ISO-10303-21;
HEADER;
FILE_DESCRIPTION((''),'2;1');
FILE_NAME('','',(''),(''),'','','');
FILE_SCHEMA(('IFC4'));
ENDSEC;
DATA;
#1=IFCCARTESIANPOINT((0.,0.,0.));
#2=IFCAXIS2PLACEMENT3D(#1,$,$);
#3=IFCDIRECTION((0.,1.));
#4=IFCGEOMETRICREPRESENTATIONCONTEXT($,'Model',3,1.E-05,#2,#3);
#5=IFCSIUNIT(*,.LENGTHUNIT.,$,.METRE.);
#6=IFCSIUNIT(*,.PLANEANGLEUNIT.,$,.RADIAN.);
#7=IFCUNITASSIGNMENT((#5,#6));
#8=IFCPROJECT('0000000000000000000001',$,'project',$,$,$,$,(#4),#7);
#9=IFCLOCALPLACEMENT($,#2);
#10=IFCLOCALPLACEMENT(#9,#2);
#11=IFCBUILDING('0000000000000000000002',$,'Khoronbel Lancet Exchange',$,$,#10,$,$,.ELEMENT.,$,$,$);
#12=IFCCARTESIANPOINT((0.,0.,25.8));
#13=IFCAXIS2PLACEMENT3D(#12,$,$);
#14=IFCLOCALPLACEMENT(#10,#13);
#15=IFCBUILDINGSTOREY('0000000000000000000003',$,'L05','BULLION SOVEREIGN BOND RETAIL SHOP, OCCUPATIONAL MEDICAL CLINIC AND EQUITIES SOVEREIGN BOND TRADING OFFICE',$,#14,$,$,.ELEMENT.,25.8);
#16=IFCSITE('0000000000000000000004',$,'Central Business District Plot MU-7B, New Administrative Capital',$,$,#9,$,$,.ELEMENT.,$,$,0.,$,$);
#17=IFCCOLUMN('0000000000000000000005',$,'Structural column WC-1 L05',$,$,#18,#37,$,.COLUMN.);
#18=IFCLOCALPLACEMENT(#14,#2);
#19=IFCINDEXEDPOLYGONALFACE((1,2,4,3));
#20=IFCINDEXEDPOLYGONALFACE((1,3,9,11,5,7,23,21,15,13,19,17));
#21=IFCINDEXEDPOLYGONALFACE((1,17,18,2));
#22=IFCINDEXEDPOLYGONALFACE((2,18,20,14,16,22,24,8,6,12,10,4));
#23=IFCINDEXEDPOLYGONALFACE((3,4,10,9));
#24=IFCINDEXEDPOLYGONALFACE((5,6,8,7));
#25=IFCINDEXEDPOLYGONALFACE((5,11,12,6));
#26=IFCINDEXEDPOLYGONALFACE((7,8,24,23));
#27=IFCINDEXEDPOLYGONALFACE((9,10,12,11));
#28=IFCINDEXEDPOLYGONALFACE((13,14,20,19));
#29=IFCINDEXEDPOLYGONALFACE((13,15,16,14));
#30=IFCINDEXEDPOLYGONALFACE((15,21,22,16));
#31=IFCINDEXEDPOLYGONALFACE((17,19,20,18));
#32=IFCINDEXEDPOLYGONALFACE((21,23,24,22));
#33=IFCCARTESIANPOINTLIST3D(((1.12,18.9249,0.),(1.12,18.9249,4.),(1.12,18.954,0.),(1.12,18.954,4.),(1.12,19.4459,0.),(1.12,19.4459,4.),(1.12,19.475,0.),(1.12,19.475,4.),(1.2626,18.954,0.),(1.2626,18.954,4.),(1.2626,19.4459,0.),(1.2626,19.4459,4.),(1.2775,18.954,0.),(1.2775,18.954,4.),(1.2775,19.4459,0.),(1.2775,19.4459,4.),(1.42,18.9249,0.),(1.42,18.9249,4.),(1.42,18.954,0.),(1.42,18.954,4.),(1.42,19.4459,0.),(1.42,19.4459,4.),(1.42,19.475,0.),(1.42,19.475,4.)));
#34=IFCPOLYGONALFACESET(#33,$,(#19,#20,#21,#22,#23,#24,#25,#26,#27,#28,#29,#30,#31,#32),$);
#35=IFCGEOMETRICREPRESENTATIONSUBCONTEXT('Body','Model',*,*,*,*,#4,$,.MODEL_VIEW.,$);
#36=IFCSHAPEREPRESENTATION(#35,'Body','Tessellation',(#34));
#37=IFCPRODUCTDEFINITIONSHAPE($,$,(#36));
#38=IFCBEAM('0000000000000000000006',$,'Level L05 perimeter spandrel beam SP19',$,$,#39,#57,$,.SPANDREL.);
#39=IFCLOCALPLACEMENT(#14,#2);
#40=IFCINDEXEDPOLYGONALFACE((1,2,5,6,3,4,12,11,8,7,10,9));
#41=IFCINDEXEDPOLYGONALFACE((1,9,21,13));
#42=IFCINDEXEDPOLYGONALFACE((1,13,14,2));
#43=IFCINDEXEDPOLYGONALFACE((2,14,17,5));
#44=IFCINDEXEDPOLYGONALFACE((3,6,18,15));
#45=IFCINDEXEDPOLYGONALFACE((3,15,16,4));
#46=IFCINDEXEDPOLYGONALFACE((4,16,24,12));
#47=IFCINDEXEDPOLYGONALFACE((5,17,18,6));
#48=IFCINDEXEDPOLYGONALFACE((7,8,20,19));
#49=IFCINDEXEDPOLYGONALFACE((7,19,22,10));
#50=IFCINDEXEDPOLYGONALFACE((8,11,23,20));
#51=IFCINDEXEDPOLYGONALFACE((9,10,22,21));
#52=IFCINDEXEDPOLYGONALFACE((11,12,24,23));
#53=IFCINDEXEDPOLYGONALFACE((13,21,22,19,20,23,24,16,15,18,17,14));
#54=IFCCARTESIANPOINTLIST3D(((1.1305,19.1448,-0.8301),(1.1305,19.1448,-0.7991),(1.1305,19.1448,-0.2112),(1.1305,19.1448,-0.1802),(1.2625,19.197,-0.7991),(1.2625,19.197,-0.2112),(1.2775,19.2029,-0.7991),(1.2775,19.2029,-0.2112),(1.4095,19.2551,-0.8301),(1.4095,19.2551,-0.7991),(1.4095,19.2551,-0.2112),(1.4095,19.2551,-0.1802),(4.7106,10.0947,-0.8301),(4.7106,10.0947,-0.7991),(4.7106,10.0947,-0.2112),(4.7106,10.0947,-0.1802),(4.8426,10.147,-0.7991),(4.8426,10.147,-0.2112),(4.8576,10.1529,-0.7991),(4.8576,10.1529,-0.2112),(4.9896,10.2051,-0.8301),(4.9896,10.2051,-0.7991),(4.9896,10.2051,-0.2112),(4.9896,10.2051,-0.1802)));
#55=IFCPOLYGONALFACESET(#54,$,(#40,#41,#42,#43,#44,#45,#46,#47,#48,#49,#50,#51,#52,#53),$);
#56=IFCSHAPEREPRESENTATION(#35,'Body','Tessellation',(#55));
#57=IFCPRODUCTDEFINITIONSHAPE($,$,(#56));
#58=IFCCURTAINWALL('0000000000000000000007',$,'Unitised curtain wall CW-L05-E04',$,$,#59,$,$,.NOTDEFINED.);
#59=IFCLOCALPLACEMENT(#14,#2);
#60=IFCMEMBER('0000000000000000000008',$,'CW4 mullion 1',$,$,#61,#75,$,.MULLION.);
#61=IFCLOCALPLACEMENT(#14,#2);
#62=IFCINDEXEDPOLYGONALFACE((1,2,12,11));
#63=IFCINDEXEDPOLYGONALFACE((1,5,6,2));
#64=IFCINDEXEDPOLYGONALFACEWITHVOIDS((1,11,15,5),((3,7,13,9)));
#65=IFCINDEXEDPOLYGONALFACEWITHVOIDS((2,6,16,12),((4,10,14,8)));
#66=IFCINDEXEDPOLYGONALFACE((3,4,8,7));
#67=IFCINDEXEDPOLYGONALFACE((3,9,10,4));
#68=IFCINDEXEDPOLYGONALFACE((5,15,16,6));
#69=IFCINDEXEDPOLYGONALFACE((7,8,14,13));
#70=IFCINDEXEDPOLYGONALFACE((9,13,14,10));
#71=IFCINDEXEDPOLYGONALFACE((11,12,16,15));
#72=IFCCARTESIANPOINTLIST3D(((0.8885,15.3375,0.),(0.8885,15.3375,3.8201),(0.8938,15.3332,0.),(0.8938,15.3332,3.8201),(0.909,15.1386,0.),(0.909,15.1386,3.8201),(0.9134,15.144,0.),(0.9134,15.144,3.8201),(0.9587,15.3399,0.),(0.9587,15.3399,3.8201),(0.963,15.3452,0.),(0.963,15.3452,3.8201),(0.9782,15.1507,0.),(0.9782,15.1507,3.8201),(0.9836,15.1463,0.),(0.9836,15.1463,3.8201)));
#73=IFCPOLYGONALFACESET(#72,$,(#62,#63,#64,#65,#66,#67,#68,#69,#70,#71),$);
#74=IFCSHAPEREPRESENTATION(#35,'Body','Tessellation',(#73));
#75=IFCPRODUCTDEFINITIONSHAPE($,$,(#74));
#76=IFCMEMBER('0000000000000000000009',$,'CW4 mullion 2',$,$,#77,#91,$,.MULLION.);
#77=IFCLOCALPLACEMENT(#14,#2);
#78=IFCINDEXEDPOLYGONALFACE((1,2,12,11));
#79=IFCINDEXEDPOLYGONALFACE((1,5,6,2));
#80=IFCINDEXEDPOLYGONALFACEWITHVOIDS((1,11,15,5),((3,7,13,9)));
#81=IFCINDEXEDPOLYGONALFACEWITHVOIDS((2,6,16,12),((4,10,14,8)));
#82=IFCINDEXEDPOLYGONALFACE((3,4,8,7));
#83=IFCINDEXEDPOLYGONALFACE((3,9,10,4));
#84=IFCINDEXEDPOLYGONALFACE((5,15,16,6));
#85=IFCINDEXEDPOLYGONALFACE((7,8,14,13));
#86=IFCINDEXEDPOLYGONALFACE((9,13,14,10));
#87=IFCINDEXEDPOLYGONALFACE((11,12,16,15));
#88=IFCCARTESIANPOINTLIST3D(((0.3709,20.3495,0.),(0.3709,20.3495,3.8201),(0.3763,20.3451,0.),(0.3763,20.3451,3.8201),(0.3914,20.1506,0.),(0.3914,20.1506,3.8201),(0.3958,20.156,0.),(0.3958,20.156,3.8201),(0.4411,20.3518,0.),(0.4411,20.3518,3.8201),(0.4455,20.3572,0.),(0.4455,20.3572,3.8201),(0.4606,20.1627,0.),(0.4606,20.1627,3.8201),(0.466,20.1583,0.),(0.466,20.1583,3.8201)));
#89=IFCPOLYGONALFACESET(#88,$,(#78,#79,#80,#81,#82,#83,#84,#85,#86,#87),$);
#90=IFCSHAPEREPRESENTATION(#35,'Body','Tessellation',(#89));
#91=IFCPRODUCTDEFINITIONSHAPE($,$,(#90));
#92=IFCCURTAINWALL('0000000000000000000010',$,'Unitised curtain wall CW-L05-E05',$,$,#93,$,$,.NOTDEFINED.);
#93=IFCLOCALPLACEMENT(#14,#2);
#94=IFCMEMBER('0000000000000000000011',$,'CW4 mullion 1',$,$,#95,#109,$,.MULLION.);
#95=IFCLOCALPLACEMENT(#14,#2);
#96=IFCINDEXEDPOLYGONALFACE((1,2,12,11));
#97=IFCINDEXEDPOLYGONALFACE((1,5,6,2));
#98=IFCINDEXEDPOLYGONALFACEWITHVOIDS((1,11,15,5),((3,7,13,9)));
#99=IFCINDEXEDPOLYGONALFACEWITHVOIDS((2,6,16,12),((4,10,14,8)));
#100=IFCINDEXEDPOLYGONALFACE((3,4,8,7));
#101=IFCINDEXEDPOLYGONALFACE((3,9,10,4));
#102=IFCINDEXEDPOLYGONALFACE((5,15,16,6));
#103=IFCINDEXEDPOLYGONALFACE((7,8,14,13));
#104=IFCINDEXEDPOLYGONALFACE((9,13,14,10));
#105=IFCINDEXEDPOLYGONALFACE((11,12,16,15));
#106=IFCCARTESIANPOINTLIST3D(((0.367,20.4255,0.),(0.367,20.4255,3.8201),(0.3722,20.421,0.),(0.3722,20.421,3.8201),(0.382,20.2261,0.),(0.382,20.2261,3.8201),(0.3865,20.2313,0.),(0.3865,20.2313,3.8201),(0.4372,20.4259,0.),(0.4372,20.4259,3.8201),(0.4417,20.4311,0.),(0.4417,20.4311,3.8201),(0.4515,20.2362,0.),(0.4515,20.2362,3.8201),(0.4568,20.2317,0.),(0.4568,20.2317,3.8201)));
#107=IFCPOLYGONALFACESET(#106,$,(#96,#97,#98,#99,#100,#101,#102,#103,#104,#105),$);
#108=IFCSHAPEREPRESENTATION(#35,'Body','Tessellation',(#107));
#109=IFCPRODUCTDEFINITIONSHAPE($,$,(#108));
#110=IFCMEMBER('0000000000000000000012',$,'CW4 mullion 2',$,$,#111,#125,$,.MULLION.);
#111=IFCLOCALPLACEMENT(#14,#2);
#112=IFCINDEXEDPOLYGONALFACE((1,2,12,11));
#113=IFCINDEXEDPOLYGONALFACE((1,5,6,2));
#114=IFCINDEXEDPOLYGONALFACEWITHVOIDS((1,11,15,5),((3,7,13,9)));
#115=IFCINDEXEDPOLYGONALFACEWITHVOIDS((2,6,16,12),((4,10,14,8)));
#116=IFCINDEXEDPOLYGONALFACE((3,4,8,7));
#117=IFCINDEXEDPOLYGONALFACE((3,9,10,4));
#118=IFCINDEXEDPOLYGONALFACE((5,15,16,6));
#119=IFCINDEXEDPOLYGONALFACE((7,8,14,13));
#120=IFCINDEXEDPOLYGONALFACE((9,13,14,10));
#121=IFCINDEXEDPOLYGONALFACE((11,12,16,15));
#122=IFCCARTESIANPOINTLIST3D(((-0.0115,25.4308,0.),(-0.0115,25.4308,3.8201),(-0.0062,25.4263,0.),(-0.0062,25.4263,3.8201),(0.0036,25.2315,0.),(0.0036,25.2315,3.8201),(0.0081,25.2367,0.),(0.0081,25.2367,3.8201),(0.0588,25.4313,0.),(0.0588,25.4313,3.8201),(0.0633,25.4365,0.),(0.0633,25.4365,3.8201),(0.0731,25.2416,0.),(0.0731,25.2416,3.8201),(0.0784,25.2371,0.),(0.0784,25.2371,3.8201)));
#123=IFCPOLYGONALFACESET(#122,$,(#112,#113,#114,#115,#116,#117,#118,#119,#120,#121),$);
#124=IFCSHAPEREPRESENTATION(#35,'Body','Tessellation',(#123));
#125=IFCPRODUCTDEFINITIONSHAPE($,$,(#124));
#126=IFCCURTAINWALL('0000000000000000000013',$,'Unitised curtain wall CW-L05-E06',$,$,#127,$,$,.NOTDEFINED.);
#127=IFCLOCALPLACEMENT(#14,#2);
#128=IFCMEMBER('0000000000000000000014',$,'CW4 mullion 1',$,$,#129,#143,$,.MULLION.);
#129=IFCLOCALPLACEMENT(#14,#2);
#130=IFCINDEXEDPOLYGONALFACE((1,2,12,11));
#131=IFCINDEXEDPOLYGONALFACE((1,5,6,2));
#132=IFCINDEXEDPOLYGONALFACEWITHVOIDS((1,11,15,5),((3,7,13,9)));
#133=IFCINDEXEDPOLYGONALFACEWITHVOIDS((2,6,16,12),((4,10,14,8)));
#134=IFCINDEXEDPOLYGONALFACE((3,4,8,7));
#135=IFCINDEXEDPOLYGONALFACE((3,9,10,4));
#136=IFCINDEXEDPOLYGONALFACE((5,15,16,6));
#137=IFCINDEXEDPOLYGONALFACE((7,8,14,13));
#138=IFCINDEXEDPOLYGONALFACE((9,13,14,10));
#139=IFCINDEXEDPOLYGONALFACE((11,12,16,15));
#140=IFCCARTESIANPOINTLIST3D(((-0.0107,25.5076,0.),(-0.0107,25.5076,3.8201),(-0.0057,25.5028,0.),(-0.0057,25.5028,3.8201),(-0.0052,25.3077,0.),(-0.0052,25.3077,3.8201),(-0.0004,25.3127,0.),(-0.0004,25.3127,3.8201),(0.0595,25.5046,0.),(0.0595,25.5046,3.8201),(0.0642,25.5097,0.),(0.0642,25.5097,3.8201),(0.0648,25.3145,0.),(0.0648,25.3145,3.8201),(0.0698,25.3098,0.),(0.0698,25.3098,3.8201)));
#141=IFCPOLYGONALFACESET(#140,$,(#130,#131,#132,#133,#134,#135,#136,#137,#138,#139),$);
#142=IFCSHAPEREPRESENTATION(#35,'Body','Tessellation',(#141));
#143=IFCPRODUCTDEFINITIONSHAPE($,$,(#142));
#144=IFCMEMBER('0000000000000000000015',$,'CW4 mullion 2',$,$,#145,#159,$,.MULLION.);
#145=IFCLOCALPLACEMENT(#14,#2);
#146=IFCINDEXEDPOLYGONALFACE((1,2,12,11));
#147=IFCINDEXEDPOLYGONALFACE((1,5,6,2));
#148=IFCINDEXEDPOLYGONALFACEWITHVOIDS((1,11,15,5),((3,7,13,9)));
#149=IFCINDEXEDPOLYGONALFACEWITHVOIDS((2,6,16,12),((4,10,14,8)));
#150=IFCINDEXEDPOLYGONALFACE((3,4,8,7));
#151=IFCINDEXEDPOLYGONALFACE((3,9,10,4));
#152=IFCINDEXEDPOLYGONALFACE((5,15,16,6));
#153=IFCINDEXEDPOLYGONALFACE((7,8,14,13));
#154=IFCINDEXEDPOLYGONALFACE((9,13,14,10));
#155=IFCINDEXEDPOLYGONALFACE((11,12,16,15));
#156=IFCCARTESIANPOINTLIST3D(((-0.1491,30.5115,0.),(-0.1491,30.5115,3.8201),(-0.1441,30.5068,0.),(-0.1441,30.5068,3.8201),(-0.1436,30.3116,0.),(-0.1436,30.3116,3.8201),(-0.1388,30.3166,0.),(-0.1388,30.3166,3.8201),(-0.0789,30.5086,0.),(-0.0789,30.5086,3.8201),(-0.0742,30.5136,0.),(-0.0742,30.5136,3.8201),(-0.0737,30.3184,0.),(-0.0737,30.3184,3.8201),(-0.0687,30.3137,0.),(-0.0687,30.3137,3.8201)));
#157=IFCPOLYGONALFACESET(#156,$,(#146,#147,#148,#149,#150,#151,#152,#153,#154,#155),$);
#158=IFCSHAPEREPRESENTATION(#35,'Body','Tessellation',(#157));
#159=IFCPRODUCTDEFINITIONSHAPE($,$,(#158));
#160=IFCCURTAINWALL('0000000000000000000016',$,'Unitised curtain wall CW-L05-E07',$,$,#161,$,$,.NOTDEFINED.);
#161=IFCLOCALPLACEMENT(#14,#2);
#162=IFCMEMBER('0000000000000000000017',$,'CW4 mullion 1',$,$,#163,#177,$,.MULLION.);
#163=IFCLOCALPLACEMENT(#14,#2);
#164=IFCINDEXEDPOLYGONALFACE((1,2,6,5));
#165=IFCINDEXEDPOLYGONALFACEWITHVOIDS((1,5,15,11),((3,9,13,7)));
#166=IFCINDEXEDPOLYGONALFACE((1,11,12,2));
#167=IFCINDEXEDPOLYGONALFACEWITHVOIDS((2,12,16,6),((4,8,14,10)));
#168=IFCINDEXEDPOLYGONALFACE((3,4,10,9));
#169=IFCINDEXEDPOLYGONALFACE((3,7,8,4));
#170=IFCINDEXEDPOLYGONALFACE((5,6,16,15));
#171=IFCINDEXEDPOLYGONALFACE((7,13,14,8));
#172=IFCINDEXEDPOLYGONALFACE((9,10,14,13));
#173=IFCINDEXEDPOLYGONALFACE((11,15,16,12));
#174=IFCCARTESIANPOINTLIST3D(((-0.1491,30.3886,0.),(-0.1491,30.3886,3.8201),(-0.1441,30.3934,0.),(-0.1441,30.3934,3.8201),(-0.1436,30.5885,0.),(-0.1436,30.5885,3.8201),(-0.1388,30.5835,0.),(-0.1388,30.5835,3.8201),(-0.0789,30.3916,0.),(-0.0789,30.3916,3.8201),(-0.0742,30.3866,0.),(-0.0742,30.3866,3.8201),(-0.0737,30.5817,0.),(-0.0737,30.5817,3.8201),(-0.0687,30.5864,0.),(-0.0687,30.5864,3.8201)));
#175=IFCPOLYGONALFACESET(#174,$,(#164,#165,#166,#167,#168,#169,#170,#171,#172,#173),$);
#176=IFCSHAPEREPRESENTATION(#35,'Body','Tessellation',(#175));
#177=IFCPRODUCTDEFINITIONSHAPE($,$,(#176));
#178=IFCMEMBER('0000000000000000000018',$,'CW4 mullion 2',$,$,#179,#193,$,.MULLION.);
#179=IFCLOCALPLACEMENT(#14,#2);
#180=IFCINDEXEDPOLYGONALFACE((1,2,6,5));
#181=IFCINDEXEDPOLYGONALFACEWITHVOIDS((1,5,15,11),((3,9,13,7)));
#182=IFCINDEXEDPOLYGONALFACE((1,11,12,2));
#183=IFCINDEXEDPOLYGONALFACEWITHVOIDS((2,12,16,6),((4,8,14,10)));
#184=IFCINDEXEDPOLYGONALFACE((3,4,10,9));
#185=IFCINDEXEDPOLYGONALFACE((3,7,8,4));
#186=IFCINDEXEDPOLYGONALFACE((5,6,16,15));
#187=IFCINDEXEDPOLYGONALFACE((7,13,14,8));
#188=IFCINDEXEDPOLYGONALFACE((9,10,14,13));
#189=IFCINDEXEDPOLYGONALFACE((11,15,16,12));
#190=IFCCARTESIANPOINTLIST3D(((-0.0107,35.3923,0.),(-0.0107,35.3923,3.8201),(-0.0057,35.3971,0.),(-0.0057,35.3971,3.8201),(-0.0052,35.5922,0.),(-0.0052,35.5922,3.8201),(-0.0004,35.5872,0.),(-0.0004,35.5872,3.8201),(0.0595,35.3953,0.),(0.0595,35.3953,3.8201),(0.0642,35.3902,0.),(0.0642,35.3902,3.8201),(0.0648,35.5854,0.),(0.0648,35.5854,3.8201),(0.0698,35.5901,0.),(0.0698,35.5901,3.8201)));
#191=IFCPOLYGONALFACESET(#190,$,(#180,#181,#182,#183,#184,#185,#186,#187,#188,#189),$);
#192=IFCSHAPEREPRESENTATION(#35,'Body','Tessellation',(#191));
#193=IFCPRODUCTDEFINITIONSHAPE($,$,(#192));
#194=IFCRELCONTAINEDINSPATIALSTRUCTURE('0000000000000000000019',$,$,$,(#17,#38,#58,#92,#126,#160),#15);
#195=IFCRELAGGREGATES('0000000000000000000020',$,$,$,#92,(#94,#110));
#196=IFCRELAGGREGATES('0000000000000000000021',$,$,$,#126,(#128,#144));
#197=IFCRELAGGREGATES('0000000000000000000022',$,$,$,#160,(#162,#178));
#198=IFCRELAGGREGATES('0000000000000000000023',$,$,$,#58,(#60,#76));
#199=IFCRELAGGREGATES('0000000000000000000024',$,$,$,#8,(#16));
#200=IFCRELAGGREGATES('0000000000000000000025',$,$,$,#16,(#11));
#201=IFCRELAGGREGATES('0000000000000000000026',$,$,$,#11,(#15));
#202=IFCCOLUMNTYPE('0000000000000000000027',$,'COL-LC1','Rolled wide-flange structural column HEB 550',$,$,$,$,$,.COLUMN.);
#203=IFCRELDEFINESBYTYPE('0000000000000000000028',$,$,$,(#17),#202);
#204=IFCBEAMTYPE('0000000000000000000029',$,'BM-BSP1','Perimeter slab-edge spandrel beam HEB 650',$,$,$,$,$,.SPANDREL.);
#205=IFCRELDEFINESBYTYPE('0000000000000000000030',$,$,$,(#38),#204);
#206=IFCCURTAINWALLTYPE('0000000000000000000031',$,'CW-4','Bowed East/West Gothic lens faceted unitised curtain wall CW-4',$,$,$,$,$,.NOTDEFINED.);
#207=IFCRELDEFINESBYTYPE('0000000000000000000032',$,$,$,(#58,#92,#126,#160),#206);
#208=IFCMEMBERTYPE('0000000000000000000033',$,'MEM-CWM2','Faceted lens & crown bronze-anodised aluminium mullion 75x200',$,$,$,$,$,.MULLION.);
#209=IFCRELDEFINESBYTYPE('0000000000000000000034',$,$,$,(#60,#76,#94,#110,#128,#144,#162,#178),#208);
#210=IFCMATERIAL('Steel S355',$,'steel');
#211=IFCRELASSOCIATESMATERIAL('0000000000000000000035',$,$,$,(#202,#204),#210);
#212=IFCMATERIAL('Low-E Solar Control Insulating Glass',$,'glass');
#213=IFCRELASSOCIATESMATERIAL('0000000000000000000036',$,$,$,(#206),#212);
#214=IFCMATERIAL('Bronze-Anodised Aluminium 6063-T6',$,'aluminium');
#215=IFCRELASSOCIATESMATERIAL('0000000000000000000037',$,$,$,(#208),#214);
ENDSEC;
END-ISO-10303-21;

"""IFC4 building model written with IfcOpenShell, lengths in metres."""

from ifc_helpers import new_model, si_unit, direction, frame, origin, origin_2d, place, context, subcontext, project, spatial, hollow_rectangle, i_section, extrude, material, material_profile, profile_set, type_object, element, aggregate, save


model = new_model("IFC4")

# Units and contexts
model_context = context("Model", 3, precision=1e-05, world=origin(), true_north=direction((0.0, 1.0)))
body_context = subcontext(model_context, "Body", "Model", "MODEL_VIEW")
ifc_project = project(units=[si_unit("LENGTHUNIT", "METRE"), si_unit("PLANEANGLEUNIT", "RADIAN")], contexts=[model_context])

# Site, building, storey
site_placement = place(None, origin())
site = spatial("IfcSite", under=ifc_project, at=site_placement, Name="Central Business District Plot MU-7B, New Administrative Capital", CompositionType="ELEMENT", RefElevation=0.0)
building_placement = place(site_placement, origin())
building = spatial("IfcBuilding", under=site, at=building_placement, Name="Khoronbel Lancet Exchange", CompositionType="ELEMENT")
storey_placement = place(building_placement, frame((0.0, 0.0, 25.8)))
storey = spatial("IfcBuildingStorey", under=building, at=storey_placement, Name="L05", Description="BULLION SOVEREIGN BOND RETAIL SHOP, OCCUPATIONAL MEDICAL CLINIC AND EQUITIES SOVEREIGN BOND TRADING OFFICE", CompositionType="ELEMENT", Elevation=25.8)

# Column
ifc_material_1 = material(Name="Steel S355", Category="steel")
ifc_material_profile_1 = material_profile(ifc_material_1, i_section(OverallWidth=0.3, OverallDepth=0.55, WebThickness=0.0149, FlangeThickness=0.0291, at=origin_2d()), Name="HEB 550")
ifc_profile_set_1 = profile_set([ifc_material_profile_1], Name="Steel S355")
column_type = type_object("IfcColumnType", Name="COL-LC1", Description="Rolled wide-flange structural column HEB 550", PredefinedType="COLUMN", material=ifc_profile_set_1)
column_placement = place(storey_placement, frame((1.27, 19.2, 0.0), z_axis=(0.0, 0.0, 1.0), x_axis=(1.0, 0.0, 0.0)))
element("IfcColumn", 1, at=column_placement, inside=storey, type_object=column_type, Name="Structural column WC-1 L05", PredefinedType="COLUMN", context=body_context, shape_type="SweptSolid", body=[
    extrude(i_section(OverallWidth=0.3, OverallDepth=0.55, WebThickness=0.0149, FlangeThickness=0.0291, at=origin_2d()), origin(), (0.0, 0.0, 1.0), 4.0),
])

# Beam
ifc_material_profile_2 = material_profile(ifc_material_1, i_section(OverallWidth=0.3, OverallDepth=0.6499, WebThickness=0.0161, FlangeThickness=0.031, at=origin_2d()), Name="HEB 650")
ifc_profile_set_2 = profile_set([ifc_material_profile_2], Name="Steel S355")
beam_type = type_object("IfcBeamType", Name="BM-BSP1", Description="Perimeter slab-edge spandrel beam HEB 650", PredefinedType="SPANDREL", material=ifc_profile_set_2)
beam_placement = place(storey_placement, frame((1.27, 19.2, -0.5051), z_axis=(0.36785, -0.929885, 0.0), x_axis=(0.929885, 0.36785, 0.0)))
element("IfcBeam", 2, at=beam_placement, inside=storey, type_object=beam_type, Name="Level L05 perimeter spandrel beam SP19", PredefinedType="SPANDREL", context=body_context, shape_type="SweptSolid", body=[
    extrude(i_section(OverallWidth=0.3, OverallDepth=0.6499, WebThickness=0.0161, FlangeThickness=0.031, at=origin_2d()), origin(), (0.0, 0.0, 1.0), 9.7324),
])

# Curtain walls, members
ifc_material_2 = material(Name="Low-E Solar Control Insulating Glass", Category="glass")
curtain_wall_type = type_object("IfcCurtainWallType", Name="CW-4", Description="Bowed East/West Gothic lens faceted unitised curtain wall CW-4", PredefinedType="NOTDEFINED", material=ifc_material_2)
curtain_wall_1_placement = place(storey_placement, origin())
curtain_wall_1 = element("IfcCurtainWall", 3, at=curtain_wall_1_placement, inside=storey, type_object=curtain_wall_type, Name="Unitised curtain wall CW-L05-E04", PredefinedType="NOTDEFINED")
ifc_material_3 = material(Name="Bronze-Anodised Aluminium 6063-T6", Category="aluminium")
ifc_material_profile_3 = material_profile(ifc_material_3, hollow_rectangle(XDim=0.075, YDim=0.2, WallThickness=0.0049, at=origin_2d()), Name="ALU MULLION 75x200")
ifc_profile_set_3 = profile_set([ifc_material_profile_3], Name="Bronze-Anodised Aluminium 6063-T6")
member_type_1 = type_object("IfcMemberType", Name="MEM-CWM2", Description="Faceted lens & crown bronze-anodised aluminium mullion 75x200", PredefinedType="MULLION", material=ifc_profile_set_3)
member_1_placement = place(storey_placement, frame((0.936, 15.2419, 0.0), z_axis=(0.0, 0.0, 1.0), x_axis=(-0.99471, -0.102723, 0.0)))
member_1 = element("IfcMember", 4, at=member_1_placement, type_object=member_type_1, Name="CW4 mullion 1", PredefinedType="MULLION", context=body_context, shape_type="SweptSolid", body=[
    extrude(hollow_rectangle(XDim=0.075, YDim=0.2, WallThickness=0.0049, at=origin_2d()), origin(), (0.0, 0.0, 1.0), 3.8201),
])
member_2_placement = place(storey_placement, frame((0.4185, 20.2539, 0.0), z_axis=(0.0, 0.0, 1.0), x_axis=(-0.99471, -0.102723, 0.0)))
member_2 = element("IfcMember", 5, at=member_2_placement, type_object=member_type_1, Name="CW4 mullion 2", PredefinedType="MULLION", context=body_context, shape_type="SweptSolid", body=[
    extrude(hollow_rectangle(XDim=0.075, YDim=0.2, WallThickness=0.0049, at=origin_2d()), origin(), (0.0, 0.0, 1.0), 3.8201),
])
curtain_wall_2_placement = place(storey_placement, origin())
curtain_wall_2 = element("IfcCurtainWall", 6, at=curtain_wall_2_placement, inside=storey, type_object=curtain_wall_type, Name="Unitised curtain wall CW-L05-E05", PredefinedType="NOTDEFINED")
member_3_placement = place(storey_placement, frame((0.4119, 20.3286, 0.0), z_axis=(0.0, 0.0, 1.0), x_axis=(-0.997154, -0.075395, 0.0)))
member_3 = element("IfcMember", 7, at=member_3_placement, type_object=member_type_1, Name="CW4 mullion 1", PredefinedType="MULLION", context=body_context, shape_type="SweptSolid", body=[
    extrude(hollow_rectangle(XDim=0.075, YDim=0.2, WallThickness=0.0049, at=origin_2d()), origin(), (0.0, 0.0, 1.0), 3.8201),
])
member_4_placement = place(storey_placement, frame((0.0334, 25.334, 0.0), z_axis=(0.0, 0.0, 1.0), x_axis=(-0.997154, -0.075395, 0.0)))
member_4 = element("IfcMember", 8, at=member_4_placement, type_object=member_type_1, Name="CW4 mullion 2", PredefinedType="MULLION", context=body_context, shape_type="SweptSolid", body=[
    extrude(hollow_rectangle(XDim=0.075, YDim=0.2, WallThickness=0.0049, at=origin_2d()), origin(), (0.0, 0.0, 1.0), 3.8201),
])
curtain_wall_3_placement = place(storey_placement, origin())
curtain_wall_3 = element("IfcCurtainWall", 9, at=curtain_wall_3_placement, inside=storey, type_object=curtain_wall_type, Name="Unitised curtain wall CW-L05-E06", PredefinedType="NOTDEFINED")
member_5_placement = place(storey_placement, frame((0.0295, 25.4087, 0.0), z_axis=(0.0, 0.0, 1.0), x_axis=(-0.999617, -0.027674, 0.0)))
member_5 = element("IfcMember", 10, at=member_5_placement, type_object=member_type_1, Name="CW4 mullion 1", PredefinedType="MULLION", context=body_context, shape_type="SweptSolid", body=[
    extrude(hollow_rectangle(XDim=0.075, YDim=0.2, WallThickness=0.0049, at=origin_2d()), origin(), (0.0, 0.0, 1.0), 3.8201),
])
member_6_placement = place(storey_placement, frame((-0.1089, 30.4126, 0.0), z_axis=(0.0, 0.0, 1.0), x_axis=(-0.999617, -0.027674, 0.0)))
member_6 = element("IfcMember", 11, at=member_6_placement, type_object=member_type_1, Name="CW4 mullion 2", PredefinedType="MULLION", context=body_context, shape_type="SweptSolid", body=[
    extrude(hollow_rectangle(XDim=0.075, YDim=0.2, WallThickness=0.0049, at=origin_2d()), origin(), (0.0, 0.0, 1.0), 3.8201),
])
curtain_wall_4_placement = place(storey_placement, origin())
curtain_wall_4 = element("IfcCurtainWall", 12, at=curtain_wall_4_placement, inside=storey, type_object=curtain_wall_type, Name="Unitised curtain wall CW-L05-E07", PredefinedType="NOTDEFINED")
member_7_placement = place(storey_placement, frame((-0.1089, 30.4875, 0.0), z_axis=(0.0, 0.0, 1.0), x_axis=(-0.999617, 0.027674, 0.0)))
member_7 = element("IfcMember", 13, at=member_7_placement, type_object=member_type_1, Name="CW4 mullion 1", PredefinedType="MULLION", context=body_context, shape_type="SweptSolid", body=[
    extrude(hollow_rectangle(XDim=0.075, YDim=0.2, WallThickness=0.0049, at=origin_2d()), origin(), (0.0, 0.0, 1.0), 3.8201),
])
member_8_placement = place(storey_placement, frame((0.0295, 35.4912, 0.0), z_axis=(0.0, 0.0, 1.0), x_axis=(-0.999617, 0.027674, 0.0)))
member_8 = element("IfcMember", 14, at=member_8_placement, type_object=member_type_1, Name="CW4 mullion 2", PredefinedType="MULLION", context=body_context, shape_type="SweptSolid", body=[
    extrude(hollow_rectangle(XDim=0.075, YDim=0.2, WallThickness=0.0049, at=origin_2d()), origin(), (0.0, 0.0, 1.0), 3.8201),
])

aggregate(curtain_wall_2, [member_3, member_4])
aggregate(curtain_wall_3, [member_5, member_6])
aggregate(curtain_wall_4, [member_7, member_8])
aggregate(curtain_wall_1, [member_1, member_2])

save(model, "model.ifc")
